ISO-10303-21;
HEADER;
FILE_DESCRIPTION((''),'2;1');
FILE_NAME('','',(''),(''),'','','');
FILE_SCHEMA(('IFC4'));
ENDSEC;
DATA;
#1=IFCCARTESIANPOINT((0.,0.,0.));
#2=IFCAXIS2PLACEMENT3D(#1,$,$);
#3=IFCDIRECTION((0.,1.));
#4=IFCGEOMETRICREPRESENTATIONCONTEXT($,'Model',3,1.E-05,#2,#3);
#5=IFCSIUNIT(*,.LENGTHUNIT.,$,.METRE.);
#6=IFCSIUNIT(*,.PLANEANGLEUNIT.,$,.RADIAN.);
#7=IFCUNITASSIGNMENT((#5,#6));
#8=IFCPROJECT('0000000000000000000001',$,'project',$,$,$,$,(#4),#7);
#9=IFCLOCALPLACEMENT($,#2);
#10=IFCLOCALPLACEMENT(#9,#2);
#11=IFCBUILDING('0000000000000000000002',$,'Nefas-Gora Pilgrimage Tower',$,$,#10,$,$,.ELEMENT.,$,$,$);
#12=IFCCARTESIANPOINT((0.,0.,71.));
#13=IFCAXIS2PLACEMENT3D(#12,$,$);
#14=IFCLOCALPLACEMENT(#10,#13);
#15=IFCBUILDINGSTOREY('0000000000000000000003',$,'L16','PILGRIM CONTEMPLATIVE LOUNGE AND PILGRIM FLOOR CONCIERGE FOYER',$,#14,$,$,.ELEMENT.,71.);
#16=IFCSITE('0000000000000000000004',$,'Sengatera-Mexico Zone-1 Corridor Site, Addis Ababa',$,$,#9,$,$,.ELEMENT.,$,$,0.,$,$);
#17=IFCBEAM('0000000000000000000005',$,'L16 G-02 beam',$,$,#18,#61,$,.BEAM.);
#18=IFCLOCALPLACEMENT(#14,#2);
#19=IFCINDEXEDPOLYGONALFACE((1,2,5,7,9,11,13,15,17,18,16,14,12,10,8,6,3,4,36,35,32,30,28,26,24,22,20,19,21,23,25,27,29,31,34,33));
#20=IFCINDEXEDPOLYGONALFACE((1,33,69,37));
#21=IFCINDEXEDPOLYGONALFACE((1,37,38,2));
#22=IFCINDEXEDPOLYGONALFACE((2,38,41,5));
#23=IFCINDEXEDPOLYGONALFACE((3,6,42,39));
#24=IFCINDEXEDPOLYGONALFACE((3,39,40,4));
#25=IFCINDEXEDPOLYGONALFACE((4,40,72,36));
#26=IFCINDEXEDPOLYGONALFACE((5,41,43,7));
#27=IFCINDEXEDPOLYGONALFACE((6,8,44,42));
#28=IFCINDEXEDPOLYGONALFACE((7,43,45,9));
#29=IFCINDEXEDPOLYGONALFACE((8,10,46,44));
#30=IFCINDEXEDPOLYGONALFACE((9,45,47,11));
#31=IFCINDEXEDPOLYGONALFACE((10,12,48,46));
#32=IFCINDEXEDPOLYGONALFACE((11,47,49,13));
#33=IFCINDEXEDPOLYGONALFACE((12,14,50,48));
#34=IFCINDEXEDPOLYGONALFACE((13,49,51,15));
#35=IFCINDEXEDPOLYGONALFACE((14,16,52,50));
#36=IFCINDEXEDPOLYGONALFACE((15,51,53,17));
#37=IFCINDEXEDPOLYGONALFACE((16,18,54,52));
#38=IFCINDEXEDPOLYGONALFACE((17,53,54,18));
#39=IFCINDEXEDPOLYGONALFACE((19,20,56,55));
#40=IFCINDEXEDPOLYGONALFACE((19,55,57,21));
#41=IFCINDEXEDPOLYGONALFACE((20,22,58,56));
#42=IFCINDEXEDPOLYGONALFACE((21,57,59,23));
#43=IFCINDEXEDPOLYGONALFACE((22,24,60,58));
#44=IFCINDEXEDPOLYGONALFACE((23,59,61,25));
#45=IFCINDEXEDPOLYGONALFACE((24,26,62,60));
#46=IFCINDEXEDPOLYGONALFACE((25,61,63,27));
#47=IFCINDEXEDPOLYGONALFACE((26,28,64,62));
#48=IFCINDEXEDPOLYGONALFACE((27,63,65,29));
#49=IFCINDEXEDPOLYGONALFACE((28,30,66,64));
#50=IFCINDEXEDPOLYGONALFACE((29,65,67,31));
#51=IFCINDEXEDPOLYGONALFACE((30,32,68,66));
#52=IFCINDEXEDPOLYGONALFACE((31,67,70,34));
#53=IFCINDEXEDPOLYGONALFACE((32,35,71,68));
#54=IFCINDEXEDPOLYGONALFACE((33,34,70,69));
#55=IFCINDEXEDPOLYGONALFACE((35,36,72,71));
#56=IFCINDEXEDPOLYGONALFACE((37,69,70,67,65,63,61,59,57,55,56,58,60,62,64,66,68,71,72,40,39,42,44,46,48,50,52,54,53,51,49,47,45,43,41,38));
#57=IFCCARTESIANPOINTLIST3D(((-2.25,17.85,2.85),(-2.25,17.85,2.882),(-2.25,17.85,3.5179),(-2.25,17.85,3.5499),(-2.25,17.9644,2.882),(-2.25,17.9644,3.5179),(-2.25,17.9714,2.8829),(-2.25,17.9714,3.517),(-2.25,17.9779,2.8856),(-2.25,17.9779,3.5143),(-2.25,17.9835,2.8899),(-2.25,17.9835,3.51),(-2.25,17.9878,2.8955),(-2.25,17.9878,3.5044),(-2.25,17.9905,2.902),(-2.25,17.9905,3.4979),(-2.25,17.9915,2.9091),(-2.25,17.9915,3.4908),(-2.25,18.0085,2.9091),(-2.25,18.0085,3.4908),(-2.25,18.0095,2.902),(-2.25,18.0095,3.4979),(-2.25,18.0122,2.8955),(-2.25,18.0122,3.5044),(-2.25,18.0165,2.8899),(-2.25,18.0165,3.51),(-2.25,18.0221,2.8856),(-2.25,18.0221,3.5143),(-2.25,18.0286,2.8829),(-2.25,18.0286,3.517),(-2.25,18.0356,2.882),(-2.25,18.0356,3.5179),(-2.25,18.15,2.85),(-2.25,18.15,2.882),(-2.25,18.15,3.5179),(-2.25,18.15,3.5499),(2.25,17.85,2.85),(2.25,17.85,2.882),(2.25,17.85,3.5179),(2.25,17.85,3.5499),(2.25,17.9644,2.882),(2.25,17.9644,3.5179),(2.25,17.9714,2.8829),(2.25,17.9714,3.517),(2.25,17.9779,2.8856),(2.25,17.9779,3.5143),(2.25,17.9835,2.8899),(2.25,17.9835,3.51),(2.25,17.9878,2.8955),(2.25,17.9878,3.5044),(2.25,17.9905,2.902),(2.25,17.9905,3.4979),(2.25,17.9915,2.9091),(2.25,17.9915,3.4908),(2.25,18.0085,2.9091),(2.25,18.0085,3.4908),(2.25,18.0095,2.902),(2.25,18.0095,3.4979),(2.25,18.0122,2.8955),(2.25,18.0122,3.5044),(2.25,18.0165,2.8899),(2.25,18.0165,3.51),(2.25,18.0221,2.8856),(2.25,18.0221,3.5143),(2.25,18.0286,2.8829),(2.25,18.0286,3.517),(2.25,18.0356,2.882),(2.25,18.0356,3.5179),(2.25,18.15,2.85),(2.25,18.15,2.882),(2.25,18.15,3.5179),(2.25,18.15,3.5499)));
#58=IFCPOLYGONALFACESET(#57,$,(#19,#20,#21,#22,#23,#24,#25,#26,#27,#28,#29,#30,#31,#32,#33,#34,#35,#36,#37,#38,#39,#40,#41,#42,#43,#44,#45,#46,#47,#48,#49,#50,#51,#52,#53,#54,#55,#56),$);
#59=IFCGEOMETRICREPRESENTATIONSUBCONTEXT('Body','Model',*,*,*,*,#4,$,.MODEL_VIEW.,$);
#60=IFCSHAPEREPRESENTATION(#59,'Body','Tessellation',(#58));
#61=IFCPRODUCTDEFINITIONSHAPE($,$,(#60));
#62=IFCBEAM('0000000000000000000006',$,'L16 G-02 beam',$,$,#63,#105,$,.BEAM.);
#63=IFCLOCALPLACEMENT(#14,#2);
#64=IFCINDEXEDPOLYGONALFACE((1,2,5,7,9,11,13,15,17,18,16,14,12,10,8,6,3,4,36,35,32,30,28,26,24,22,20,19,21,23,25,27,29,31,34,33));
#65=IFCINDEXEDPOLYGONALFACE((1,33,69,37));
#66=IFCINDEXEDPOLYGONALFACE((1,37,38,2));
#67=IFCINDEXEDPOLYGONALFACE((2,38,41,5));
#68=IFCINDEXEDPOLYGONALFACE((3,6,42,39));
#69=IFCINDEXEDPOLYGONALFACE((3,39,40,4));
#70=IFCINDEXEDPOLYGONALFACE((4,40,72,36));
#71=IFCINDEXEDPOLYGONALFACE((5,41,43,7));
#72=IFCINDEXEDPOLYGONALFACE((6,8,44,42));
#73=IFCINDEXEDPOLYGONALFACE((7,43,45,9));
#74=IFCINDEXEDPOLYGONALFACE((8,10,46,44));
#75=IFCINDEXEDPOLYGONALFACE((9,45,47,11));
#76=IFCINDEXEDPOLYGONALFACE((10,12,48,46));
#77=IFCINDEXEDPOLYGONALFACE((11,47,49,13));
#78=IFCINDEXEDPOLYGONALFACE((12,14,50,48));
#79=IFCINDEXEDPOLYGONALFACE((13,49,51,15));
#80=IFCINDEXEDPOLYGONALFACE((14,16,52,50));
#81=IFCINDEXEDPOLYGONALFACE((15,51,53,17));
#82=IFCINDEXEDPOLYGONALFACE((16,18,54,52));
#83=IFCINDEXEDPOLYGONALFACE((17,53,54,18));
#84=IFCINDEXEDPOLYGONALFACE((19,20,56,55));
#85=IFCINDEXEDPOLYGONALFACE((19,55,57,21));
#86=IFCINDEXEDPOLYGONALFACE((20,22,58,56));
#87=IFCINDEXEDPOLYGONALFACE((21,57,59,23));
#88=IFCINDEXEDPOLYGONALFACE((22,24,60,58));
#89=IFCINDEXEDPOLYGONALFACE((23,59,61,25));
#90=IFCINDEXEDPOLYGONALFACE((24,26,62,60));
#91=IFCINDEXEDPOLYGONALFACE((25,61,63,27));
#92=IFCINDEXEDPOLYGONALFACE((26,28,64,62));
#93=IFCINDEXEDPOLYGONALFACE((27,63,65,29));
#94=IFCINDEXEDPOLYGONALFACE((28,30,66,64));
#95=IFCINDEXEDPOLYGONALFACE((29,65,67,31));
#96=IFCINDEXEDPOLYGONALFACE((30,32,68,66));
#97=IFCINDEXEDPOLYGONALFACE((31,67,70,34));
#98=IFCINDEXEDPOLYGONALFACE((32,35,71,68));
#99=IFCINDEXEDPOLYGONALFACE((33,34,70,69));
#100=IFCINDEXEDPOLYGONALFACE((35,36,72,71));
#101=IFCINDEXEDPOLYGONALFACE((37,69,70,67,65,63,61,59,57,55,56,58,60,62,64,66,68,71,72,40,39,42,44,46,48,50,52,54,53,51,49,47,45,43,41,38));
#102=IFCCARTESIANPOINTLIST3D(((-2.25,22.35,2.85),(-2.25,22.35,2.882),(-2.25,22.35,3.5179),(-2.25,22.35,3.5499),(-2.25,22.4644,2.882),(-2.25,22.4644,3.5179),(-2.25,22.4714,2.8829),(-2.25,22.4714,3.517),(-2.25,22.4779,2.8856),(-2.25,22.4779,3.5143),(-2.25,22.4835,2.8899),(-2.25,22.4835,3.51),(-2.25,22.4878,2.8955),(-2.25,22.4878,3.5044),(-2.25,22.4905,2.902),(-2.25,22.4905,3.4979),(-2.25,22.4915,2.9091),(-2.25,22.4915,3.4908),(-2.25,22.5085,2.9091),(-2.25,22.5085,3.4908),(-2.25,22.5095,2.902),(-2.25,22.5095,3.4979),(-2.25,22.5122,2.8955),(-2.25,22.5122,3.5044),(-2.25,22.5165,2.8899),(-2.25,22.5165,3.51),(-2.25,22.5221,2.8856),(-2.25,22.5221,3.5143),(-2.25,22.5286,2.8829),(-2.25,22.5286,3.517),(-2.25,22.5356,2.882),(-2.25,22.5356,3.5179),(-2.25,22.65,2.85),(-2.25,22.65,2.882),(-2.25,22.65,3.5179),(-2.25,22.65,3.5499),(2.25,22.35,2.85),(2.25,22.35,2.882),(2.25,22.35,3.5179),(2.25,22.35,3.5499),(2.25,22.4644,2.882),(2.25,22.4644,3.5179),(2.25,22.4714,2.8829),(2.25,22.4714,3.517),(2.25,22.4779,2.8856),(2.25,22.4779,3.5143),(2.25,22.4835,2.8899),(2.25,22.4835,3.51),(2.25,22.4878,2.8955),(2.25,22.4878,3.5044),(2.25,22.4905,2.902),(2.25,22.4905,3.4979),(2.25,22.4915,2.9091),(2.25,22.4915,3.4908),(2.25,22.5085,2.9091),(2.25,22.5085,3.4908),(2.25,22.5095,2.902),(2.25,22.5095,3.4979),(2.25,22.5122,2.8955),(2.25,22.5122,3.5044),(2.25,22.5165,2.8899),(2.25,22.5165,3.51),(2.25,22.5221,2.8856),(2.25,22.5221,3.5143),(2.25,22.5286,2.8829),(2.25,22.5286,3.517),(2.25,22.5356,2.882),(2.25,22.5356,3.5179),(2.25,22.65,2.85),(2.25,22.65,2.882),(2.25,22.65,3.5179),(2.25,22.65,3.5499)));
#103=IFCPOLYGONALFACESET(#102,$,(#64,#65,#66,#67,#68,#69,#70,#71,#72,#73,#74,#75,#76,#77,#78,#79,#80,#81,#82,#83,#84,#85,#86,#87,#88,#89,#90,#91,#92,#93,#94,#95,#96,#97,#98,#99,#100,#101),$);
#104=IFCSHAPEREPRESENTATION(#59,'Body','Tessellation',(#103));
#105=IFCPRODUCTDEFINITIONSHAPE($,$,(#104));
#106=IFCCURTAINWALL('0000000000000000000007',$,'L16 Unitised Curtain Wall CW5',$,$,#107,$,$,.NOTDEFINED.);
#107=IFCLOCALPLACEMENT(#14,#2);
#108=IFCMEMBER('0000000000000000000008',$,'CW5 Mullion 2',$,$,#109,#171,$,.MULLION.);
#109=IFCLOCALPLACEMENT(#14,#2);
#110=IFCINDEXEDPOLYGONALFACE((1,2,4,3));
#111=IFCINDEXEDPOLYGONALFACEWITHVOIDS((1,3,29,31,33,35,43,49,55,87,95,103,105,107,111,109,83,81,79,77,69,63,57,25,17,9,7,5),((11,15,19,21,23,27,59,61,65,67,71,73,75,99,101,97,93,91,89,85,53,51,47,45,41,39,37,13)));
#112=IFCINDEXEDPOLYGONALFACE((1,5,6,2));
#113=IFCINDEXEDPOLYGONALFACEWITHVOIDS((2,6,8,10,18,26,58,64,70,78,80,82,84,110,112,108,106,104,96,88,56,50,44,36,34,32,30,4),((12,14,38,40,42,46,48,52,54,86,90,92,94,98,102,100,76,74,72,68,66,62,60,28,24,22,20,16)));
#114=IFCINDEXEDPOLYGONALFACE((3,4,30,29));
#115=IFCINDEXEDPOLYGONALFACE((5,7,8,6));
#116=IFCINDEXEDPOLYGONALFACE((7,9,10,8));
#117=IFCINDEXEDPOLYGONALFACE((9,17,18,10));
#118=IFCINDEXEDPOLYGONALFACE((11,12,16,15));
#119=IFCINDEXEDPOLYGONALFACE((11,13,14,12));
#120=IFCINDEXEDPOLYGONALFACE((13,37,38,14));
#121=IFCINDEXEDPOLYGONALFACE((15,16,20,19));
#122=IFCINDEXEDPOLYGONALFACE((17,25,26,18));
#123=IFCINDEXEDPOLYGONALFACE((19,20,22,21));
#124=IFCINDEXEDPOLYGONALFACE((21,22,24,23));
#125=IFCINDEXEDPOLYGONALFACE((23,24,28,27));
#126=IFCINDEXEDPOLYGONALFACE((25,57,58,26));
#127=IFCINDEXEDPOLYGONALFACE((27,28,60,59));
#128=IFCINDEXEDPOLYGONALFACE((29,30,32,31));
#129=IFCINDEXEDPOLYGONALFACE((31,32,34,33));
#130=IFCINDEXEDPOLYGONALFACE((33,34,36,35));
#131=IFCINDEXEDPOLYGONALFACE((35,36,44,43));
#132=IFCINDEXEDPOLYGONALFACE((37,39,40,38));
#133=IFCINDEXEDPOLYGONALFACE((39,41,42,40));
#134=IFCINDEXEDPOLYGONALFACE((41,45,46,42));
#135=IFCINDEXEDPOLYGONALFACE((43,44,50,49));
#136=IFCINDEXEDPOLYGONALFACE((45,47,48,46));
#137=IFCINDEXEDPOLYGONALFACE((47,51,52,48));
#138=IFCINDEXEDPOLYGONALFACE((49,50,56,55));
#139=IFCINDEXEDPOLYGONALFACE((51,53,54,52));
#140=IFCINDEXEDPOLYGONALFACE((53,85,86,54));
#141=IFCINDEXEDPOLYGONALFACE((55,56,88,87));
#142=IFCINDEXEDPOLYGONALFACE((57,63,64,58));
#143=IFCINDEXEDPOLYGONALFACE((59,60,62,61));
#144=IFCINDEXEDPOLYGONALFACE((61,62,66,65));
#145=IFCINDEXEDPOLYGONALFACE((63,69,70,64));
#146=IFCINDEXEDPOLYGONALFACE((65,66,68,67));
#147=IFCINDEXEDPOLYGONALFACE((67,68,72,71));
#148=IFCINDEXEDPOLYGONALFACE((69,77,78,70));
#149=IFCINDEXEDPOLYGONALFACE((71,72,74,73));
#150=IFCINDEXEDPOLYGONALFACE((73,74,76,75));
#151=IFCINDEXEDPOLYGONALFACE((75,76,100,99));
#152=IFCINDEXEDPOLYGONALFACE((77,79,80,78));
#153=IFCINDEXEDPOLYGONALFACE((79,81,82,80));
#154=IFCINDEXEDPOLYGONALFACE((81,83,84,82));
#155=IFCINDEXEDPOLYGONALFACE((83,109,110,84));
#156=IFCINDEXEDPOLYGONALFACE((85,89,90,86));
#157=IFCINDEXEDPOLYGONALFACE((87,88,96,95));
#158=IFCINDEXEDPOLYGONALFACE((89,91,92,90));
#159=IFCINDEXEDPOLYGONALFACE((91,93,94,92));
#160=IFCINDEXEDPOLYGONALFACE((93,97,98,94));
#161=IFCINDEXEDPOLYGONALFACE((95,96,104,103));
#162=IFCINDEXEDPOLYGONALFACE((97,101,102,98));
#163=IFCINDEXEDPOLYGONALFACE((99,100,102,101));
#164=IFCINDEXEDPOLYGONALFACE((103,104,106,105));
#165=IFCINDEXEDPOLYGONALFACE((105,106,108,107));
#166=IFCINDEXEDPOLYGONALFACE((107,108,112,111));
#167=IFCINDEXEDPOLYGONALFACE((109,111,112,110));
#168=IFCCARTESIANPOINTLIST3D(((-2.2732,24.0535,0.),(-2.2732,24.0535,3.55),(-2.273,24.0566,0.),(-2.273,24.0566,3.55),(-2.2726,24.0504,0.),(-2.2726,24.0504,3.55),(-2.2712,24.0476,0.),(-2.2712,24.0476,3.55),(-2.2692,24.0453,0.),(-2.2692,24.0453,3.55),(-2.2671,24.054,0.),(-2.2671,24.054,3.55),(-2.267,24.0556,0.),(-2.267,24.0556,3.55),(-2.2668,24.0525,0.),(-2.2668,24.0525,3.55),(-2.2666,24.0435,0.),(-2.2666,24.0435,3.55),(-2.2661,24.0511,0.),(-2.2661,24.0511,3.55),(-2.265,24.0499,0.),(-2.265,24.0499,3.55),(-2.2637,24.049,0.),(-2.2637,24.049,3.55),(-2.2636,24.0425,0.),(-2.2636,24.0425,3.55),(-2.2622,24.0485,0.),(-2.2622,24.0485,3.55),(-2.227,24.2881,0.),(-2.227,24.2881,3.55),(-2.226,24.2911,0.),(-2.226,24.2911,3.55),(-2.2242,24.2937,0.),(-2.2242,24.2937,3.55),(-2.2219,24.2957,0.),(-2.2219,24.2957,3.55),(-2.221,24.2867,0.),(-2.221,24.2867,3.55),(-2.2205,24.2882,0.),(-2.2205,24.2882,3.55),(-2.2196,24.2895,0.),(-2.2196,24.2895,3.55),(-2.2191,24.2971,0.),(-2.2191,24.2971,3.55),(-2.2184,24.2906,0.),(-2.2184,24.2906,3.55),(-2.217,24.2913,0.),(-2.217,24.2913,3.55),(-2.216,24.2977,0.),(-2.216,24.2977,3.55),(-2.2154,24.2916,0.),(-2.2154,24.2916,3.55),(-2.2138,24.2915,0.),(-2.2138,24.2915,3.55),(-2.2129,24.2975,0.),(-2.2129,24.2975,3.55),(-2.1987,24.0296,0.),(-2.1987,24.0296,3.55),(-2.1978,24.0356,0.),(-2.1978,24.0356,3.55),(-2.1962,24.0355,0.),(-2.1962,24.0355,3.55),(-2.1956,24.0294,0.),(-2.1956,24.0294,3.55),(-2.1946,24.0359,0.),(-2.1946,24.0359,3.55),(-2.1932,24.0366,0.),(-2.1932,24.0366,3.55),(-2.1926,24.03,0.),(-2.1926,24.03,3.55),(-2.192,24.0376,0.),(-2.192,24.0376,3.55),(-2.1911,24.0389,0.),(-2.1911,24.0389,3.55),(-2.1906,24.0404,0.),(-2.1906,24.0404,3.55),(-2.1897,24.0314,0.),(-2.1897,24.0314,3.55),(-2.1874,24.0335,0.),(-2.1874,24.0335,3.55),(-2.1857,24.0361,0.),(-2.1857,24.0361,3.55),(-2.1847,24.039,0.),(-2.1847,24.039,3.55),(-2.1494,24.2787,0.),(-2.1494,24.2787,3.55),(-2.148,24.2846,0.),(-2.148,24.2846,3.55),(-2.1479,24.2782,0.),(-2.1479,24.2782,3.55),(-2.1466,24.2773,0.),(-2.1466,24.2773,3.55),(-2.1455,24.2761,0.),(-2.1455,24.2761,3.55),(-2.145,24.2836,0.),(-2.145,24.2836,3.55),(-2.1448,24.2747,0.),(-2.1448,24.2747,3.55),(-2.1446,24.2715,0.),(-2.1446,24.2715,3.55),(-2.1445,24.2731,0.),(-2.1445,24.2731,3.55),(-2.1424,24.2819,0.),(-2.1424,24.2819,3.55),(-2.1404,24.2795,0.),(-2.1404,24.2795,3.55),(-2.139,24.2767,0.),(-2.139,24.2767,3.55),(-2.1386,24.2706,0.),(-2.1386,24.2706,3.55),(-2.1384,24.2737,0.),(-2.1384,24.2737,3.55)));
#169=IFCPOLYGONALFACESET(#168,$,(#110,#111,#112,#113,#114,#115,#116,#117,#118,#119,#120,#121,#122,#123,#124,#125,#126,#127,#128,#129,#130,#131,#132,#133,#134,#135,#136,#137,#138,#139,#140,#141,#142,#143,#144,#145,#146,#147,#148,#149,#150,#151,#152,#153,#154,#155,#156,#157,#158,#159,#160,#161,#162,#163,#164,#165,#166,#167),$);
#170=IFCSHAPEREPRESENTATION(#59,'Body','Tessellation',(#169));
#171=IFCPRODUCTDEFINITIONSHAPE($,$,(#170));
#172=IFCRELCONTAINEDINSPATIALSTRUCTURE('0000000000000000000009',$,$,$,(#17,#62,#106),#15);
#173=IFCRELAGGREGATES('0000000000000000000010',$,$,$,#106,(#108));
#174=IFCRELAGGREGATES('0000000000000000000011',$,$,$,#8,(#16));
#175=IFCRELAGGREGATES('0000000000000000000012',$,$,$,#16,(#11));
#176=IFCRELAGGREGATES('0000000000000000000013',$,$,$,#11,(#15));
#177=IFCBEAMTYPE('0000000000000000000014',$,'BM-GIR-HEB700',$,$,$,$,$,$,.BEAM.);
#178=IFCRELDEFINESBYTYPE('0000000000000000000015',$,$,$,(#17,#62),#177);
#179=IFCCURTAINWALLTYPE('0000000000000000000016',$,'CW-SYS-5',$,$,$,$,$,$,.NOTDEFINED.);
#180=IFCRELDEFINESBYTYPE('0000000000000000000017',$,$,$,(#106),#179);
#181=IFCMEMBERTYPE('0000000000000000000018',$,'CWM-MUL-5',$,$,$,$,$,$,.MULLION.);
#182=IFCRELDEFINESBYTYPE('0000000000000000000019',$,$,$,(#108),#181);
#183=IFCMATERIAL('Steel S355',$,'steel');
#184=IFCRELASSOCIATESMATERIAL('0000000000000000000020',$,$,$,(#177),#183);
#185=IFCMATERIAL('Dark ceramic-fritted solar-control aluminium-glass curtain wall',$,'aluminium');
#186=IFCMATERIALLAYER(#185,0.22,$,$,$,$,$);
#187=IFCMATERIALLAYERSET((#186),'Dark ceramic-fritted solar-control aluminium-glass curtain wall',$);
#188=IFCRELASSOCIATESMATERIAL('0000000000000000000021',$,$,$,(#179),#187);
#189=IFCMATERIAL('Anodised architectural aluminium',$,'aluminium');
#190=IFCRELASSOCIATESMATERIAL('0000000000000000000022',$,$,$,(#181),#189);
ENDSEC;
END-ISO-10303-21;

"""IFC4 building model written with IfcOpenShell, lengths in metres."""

from ifc_helpers import new_model, si_unit, direction, frame, origin, origin_2d, place, context, subcontext, project, spatial, hollow_rectangle, i_section, extrude, source, transform, mapped, material, layer, layer_set, material_profile, profile_set, type_object, element, aggregate, save


model = new_model("IFC4")

# Units and contexts
model_context = context("Model", 3, precision=1e-05, world=origin(), true_north=direction((0.0, 1.0)))
body_context = subcontext(model_context, "Body", "Model", "MODEL_VIEW")
ifc_project = project(units=[si_unit("LENGTHUNIT", "METRE"), si_unit("PLANEANGLEUNIT", "RADIAN")], contexts=[model_context])

# Site, building, storey
site_placement = place(None, origin())
site = spatial("IfcSite", under=ifc_project, at=site_placement, Name="Sengatera-Mexico Zone-1 Corridor Site, Addis Ababa", CompositionType="ELEMENT", RefElevation=0.0)
building_placement = place(site_placement, origin())
building = spatial("IfcBuilding", under=site, at=building_placement, Name="Nefas-Gora Pilgrimage Tower", CompositionType="ELEMENT")
storey_placement = place(building_placement, frame((0.0, 0.0, 71.0)))
storey = spatial("IfcBuildingStorey", under=building, at=storey_placement, Name="L16", Description="PILGRIM CONTEMPLATIVE LOUNGE AND PILGRIM FLOOR CONCIERGE FOYER", CompositionType="ELEMENT", Elevation=71.0)

# Beams
ifc_material_1 = material(Name="Steel S355", Category="steel")
ifc_material_profile_1 = material_profile(ifc_material_1, i_section(OverallWidth=0.3, OverallDepth=0.7, WebThickness=0.0171, FlangeThickness=0.032, FilletRadius=0.0271, at=origin_2d()), Name="HEB 700")
ifc_profile_set_1 = profile_set([ifc_material_profile_1], Name="Steel S355")
beam_type = type_object("IfcBeamType", Name="BM-GIR-HEB700", PredefinedType="BEAM", material=ifc_profile_set_1)
shared_shape_1 = source(origin(), body_context, "Body", "SweptSolid", [
    extrude(i_section(OverallWidth=0.3, OverallDepth=0.7, WebThickness=0.0171, FlangeThickness=0.032, FilletRadius=0.0271, at=origin_2d()), origin(), (0.0, 0.0, 1.0), 4.5),
])
for number, where, z_axis, x_axis, name in (
    (1, (-2.25, 18.0, 3.2), (1.0, 0.0, 0.0), (0.0, 1.0, 0.0), "L16 G-02 beam"),
    (2, (-2.25, 22.5, 3.2), (1.0, 0.0, 0.0), (0.0, 1.0, 0.0), "L16 G-02 beam"),
):
    element("IfcBeam", number, at=place(storey_placement, frame(where, z_axis=z_axis, x_axis=x_axis)), inside=storey, type_object=beam_type, Name=name, PredefinedType="BEAM", context=body_context, shape_type="MappedRepresentation", body=[
        mapped(shared_shape_1, transform((0.0, 0.0, 0.0), x_axis=(1.0, 0.0, 0.0), y_axis=(0.0, 1.0, 0.0), z_axis=(0.0, 0.0, 1.0), scale=1.0)),
    ])

# Curtain wall, member
ifc_material_2 = material(Name="Dark ceramic-fritted solar-control aluminium-glass curtain wall", Category="aluminium")
ifc_layer_1 = layer(ifc_material_2, 0.22)
ifc_layer_set_1 = layer_set([ifc_layer_1], Name="Dark ceramic-fritted solar-control aluminium-glass curtain wall")
curtain_wall_type = type_object("IfcCurtainWallType", Name="CW-SYS-5", PredefinedType="NOTDEFINED", material=ifc_layer_set_1)
curtain_wall_1_placement = place(storey_placement, origin())
curtain_wall_1 = element("IfcCurtainWall", 3, at=curtain_wall_1_placement, inside=storey, type_object=curtain_wall_type, Name="L16 Unitised Curtain Wall CW5", PredefinedType="NOTDEFINED")
ifc_material_3 = material(Name="Anodised architectural aluminium", Category="aluminium")
ifc_material_profile_2 = material_profile(ifc_material_3, hollow_rectangle(XDim=0.0901, YDim=0.26, WallThickness=0.0061, InnerFilletRadius=0.0061, OuterFilletRadius=0.012, at=origin_2d()), Name="ALU MULLION 90x260")
ifc_profile_set_2 = profile_set([ifc_material_profile_2], Name="Anodised architectural aluminium")
member_type_1 = type_object("IfcMemberType", Name="CWM-MUL-5", PredefinedType="MULLION", material=ifc_profile_set_2)
shared_shape_2 = source(origin(), body_context, "Body", "SweptSolid", [
    extrude(hollow_rectangle(XDim=0.0901, YDim=0.26, WallThickness=0.0061, InnerFilletRadius=0.0061, OuterFilletRadius=0.012, at=origin_2d()), origin(), (0.0, 0.0, 1.0), 3.55),
])
member_1_placement = place(storey_placement, frame((-2.2058, 24.1636, 0.0), z_axis=(0.0, 0.0, 1.0), x_axis=(-0.980783, 0.195102, 0.0)))
member_1 = element("IfcMember", 4, at=member_1_placement, type_object=member_type_1, Name="CW5 Mullion 2", PredefinedType="MULLION", context=body_context, shape_type="MappedRepresentation", body=[
    mapped(shared_shape_2, transform((0.0, 0.0, 0.0), x_axis=(1.0, 0.0, 0.0), y_axis=(0.0, 1.0, 0.0), z_axis=(0.0, 0.0, 1.0), scale=1.0)),
])

aggregate(curtain_wall_1, [member_1])

save(model, "model.ifc")
